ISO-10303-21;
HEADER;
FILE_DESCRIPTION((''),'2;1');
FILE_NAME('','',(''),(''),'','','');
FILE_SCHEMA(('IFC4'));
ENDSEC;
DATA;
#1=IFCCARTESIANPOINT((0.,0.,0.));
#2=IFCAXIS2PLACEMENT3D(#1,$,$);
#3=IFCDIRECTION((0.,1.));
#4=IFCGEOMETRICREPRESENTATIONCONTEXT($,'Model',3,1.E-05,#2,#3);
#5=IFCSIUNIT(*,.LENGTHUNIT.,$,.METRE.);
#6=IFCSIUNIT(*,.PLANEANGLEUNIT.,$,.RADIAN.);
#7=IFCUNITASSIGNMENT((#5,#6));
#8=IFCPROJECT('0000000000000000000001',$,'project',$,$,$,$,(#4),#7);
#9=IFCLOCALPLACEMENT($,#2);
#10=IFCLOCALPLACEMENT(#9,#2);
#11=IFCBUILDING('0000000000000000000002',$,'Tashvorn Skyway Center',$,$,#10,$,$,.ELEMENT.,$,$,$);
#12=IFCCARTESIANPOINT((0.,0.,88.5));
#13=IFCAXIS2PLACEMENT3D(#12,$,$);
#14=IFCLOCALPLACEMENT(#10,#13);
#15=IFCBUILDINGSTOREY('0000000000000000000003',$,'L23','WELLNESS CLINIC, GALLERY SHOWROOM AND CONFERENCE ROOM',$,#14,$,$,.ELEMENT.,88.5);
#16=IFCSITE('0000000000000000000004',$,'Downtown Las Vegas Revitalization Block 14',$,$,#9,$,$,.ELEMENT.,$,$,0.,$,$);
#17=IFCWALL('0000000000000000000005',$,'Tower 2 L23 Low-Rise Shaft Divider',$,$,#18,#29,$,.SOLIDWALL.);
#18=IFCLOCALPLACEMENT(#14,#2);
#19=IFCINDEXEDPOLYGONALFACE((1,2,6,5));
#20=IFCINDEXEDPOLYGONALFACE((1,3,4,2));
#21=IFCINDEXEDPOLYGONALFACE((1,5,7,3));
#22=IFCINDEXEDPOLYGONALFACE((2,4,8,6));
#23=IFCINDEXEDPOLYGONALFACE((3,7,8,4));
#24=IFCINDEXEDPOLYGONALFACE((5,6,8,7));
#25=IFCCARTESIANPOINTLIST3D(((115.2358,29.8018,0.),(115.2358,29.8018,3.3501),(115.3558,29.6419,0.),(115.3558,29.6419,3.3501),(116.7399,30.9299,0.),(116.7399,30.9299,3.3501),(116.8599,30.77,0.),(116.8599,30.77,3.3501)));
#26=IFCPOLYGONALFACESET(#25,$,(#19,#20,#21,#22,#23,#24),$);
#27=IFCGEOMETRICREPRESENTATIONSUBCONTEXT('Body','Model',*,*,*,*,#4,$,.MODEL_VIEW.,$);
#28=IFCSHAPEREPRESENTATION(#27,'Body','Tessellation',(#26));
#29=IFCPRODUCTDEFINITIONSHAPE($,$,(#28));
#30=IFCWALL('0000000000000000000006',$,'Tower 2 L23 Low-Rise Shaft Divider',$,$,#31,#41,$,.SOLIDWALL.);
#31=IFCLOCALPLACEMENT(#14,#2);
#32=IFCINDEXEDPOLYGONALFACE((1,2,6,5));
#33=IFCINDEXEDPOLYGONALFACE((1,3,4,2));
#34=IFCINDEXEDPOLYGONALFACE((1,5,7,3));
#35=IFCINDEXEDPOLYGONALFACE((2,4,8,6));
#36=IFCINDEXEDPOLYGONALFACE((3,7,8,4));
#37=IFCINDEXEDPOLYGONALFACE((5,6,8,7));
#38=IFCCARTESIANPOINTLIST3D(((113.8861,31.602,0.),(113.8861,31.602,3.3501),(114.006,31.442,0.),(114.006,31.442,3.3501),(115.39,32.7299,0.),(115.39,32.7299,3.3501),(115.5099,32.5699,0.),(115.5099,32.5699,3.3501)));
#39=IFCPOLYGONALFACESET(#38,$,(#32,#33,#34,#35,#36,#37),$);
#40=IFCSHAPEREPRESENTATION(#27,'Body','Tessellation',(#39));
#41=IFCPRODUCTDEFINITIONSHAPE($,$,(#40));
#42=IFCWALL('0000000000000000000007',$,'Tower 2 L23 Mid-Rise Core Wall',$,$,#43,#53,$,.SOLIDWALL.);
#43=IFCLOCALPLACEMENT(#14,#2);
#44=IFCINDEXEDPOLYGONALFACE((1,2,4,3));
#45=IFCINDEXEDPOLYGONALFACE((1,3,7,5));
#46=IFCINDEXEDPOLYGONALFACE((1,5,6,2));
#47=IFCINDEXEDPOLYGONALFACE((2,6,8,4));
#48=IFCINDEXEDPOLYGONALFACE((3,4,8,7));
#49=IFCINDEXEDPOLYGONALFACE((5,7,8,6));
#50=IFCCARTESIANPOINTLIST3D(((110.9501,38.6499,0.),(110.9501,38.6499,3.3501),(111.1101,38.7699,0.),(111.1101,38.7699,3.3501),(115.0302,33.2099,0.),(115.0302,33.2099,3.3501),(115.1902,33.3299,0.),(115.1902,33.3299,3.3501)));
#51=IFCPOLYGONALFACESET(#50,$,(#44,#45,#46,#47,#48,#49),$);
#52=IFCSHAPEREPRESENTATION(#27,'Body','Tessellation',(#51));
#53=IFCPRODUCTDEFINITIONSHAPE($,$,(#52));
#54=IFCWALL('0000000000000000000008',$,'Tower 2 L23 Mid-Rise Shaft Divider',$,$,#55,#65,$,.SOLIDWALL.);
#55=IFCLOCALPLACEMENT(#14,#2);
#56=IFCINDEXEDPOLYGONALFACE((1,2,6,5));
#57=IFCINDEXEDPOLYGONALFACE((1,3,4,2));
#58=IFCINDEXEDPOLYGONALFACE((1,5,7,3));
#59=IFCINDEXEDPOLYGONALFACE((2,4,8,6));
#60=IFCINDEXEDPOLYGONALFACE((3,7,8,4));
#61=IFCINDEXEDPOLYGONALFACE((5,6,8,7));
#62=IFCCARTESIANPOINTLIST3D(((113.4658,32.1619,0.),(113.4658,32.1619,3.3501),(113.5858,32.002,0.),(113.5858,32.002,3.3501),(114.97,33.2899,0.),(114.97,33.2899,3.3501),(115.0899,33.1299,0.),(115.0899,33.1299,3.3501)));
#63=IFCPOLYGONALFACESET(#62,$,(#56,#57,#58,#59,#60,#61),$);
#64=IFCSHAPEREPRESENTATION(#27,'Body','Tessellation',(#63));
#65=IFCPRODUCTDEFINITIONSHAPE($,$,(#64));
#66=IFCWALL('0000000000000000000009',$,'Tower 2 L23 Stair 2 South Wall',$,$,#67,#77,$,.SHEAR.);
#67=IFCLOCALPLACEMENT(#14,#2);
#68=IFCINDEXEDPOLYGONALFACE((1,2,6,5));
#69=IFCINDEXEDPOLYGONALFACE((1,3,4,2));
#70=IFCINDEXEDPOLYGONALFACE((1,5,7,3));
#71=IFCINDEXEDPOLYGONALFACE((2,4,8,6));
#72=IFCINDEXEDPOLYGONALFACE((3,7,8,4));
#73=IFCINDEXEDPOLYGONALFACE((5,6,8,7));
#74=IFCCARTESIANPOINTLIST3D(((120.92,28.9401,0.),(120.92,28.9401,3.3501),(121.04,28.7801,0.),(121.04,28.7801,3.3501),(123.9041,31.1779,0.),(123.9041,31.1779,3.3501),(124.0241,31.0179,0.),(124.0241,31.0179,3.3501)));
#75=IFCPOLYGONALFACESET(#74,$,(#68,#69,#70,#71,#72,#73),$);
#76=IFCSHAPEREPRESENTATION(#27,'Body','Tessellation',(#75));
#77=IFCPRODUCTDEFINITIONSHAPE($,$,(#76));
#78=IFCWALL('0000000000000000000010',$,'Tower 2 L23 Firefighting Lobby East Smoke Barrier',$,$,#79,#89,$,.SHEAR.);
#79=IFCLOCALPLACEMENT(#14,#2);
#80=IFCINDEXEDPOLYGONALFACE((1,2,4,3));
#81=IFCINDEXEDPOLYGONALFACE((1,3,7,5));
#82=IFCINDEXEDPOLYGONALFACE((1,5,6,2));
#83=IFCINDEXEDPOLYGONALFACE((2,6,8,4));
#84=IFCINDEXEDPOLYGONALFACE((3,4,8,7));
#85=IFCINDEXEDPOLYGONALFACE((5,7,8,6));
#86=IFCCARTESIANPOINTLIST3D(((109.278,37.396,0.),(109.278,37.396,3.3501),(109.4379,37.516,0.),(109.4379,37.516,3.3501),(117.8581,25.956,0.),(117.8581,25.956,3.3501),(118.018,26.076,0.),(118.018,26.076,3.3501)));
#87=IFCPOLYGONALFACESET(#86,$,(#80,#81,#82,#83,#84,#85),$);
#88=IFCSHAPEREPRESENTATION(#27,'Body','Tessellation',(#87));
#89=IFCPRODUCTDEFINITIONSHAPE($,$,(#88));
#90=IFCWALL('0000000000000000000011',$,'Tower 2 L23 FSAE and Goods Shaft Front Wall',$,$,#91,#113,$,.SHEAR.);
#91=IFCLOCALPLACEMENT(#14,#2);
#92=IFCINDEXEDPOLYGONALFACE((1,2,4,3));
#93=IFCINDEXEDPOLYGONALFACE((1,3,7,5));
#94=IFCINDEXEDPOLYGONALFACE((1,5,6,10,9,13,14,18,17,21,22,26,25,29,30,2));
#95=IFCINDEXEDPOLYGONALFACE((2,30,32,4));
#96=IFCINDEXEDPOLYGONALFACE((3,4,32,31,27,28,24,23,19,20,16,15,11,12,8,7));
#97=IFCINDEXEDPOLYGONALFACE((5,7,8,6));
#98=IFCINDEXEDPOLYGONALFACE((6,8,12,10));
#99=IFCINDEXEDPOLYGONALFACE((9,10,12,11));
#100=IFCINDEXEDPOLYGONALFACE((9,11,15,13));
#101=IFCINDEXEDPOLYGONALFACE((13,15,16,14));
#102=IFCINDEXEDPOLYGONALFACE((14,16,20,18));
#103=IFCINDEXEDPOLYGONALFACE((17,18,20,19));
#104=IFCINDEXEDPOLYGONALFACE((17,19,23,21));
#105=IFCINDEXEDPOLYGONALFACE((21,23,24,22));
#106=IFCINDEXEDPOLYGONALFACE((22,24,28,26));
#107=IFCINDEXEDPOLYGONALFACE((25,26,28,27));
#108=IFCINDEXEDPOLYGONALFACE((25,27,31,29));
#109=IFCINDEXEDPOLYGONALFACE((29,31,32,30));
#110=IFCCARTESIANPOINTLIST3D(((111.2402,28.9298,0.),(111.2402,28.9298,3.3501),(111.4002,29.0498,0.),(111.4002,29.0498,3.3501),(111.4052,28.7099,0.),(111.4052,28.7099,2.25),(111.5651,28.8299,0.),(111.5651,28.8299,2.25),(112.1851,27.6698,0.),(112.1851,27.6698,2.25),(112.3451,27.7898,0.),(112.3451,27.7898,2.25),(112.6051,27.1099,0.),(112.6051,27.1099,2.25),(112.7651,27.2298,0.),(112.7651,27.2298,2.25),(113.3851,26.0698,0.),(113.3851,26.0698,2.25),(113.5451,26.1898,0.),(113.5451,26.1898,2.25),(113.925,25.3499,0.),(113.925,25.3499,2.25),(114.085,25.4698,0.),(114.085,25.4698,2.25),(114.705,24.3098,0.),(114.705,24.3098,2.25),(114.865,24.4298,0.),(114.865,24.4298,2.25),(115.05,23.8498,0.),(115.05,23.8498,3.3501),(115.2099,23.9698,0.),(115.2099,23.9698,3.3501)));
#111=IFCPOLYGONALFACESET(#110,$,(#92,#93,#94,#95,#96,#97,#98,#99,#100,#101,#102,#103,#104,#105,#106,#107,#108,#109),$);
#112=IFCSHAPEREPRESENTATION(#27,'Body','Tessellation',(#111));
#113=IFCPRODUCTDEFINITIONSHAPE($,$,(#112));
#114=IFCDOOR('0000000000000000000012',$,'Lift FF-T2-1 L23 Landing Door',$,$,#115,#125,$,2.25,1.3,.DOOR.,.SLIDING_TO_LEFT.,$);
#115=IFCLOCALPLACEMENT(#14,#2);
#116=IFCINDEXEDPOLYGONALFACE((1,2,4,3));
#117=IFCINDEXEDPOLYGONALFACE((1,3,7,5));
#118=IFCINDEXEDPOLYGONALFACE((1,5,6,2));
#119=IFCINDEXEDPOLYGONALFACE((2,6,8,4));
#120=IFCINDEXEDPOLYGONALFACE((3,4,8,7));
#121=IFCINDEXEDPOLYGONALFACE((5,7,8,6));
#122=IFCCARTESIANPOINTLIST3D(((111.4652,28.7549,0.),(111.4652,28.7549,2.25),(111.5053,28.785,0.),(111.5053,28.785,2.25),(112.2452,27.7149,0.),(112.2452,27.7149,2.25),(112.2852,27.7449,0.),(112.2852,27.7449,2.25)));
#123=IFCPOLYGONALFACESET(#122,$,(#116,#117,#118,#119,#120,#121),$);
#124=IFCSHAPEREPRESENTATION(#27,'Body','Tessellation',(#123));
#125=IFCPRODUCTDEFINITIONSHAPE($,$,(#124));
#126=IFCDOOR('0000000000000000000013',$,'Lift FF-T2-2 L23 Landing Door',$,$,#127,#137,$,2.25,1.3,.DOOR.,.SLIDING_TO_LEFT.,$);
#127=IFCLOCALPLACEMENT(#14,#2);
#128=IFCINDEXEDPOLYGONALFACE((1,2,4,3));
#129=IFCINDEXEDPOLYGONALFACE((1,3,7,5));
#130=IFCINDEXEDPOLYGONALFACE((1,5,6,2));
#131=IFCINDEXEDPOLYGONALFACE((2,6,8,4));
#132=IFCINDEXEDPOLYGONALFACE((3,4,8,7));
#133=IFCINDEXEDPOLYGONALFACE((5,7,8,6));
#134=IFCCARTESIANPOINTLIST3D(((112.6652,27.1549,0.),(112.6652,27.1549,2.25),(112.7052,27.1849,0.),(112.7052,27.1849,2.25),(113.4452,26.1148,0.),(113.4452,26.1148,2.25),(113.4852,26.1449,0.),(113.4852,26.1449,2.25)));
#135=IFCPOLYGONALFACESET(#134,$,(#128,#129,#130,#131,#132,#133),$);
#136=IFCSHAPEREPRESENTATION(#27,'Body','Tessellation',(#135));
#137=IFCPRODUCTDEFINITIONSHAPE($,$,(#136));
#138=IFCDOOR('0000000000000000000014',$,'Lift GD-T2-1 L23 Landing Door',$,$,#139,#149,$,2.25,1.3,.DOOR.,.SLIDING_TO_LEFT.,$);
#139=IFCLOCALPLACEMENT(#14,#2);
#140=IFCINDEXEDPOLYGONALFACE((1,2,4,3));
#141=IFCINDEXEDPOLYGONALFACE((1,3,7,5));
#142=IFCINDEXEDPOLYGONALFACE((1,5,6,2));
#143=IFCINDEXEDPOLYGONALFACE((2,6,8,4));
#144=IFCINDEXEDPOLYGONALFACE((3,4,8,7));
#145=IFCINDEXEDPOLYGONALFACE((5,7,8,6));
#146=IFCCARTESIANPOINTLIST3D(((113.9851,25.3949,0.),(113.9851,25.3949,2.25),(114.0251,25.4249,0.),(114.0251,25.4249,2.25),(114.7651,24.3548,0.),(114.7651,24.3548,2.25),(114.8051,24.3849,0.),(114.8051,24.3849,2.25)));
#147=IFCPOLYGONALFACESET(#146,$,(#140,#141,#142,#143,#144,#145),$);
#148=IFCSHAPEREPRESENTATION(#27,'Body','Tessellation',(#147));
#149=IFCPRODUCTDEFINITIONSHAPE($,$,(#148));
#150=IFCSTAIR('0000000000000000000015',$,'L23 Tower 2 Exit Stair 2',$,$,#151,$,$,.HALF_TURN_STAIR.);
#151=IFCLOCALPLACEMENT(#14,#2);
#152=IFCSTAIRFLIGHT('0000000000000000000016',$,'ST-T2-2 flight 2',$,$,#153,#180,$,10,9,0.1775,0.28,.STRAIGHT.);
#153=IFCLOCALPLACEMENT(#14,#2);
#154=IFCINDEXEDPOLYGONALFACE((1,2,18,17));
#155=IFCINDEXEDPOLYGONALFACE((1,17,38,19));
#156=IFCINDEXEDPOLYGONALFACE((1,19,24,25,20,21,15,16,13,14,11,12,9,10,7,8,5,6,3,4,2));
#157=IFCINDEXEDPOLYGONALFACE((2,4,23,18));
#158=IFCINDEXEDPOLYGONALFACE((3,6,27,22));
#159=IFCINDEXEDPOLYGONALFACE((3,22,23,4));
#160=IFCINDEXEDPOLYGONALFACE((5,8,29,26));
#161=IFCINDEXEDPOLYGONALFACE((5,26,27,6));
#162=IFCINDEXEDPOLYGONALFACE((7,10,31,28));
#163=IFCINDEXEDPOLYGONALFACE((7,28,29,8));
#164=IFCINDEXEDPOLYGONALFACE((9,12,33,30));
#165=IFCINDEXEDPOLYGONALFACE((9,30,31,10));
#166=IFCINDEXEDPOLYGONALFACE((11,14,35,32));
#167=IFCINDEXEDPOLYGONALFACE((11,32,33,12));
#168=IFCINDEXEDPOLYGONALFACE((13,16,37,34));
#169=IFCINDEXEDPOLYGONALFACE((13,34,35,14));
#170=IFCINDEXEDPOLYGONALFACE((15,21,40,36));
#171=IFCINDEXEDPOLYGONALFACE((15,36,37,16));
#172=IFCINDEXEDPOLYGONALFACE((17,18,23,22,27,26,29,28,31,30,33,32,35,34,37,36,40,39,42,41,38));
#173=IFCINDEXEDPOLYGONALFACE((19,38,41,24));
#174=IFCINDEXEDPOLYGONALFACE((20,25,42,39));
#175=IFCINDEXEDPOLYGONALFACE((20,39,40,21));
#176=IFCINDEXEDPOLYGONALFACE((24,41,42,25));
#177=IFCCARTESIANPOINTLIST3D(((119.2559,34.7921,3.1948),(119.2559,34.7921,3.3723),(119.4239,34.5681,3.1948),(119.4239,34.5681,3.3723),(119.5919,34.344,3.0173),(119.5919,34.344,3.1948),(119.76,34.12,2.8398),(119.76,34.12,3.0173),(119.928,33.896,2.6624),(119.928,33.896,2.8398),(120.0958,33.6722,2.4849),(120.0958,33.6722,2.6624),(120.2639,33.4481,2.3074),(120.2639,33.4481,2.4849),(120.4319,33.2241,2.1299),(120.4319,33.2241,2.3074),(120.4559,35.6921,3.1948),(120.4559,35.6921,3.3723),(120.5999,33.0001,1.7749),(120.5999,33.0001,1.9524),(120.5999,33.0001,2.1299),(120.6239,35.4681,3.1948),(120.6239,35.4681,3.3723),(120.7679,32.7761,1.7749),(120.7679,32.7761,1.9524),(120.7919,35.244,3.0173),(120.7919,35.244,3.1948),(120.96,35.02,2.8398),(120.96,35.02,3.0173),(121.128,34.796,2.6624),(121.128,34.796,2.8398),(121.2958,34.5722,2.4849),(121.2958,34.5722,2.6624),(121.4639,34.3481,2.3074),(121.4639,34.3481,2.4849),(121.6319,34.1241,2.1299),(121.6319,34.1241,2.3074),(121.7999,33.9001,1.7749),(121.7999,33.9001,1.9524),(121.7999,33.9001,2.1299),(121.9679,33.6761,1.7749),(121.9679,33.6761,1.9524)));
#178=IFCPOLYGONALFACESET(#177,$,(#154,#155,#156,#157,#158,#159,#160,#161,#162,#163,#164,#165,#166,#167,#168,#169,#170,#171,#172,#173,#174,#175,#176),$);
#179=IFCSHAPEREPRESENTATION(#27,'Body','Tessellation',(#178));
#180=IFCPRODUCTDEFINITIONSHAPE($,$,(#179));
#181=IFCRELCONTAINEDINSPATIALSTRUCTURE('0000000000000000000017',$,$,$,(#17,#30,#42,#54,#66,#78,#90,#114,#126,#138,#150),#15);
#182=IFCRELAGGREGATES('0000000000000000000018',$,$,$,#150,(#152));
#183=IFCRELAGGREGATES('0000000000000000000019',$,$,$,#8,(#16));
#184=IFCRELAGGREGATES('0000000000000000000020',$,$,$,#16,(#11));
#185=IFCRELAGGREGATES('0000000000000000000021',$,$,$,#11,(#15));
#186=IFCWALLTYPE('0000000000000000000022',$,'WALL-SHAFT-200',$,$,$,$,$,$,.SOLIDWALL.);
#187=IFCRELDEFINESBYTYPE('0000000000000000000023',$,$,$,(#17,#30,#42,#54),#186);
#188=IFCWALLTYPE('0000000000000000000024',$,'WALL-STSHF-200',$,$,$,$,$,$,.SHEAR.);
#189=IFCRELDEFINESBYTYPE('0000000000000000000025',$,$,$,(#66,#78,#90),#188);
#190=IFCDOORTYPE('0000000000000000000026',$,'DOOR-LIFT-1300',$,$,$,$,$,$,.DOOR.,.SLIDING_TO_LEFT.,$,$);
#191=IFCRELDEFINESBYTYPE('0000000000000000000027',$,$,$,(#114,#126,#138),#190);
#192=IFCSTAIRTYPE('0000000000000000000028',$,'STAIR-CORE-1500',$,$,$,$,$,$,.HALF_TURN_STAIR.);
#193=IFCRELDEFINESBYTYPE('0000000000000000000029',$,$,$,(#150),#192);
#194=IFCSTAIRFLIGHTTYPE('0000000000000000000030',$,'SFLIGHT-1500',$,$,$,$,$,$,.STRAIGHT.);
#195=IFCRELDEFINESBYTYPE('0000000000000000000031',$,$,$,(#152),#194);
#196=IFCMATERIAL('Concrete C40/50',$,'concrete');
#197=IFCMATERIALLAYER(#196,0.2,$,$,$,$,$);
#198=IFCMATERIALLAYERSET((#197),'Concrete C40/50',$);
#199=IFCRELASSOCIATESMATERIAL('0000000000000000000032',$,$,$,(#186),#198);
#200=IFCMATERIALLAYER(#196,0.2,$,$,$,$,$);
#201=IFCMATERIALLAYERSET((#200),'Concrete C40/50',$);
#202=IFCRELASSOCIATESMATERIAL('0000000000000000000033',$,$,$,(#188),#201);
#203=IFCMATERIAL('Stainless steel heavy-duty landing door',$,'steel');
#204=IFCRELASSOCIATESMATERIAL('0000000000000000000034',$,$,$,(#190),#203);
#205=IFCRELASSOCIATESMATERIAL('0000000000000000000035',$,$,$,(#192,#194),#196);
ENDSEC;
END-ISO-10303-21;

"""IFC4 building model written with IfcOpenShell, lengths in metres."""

from ifc_helpers import new_model, si_unit, direction, frame, frame_2d, origin, place, context, subcontext, project, spatial, polyline, rectangle, outline, extrude, material, layer, layer_set, type_object, element, fill, aggregate, save


model = new_model("IFC4")

# Units and contexts
model_context = context("Model", 3, precision=1e-05, world=origin(), true_north=direction((0.0, 1.0)))
body_context = subcontext(model_context, "Body", "Model", "MODEL_VIEW")
ifc_project = project(units=[si_unit("LENGTHUNIT", "METRE"), si_unit("PLANEANGLEUNIT", "RADIAN")], contexts=[model_context])

# Site, building, storey
site_placement = place(None, origin())
site = spatial("IfcSite", under=ifc_project, at=site_placement, Name="Downtown Las Vegas Revitalization Block 14", CompositionType="ELEMENT", RefElevation=0.0)
building_placement = place(site_placement, origin())
building = spatial("IfcBuilding", under=site, at=building_placement, Name="Tashvorn Skyway Center", CompositionType="ELEMENT")
storey_placement = place(building_placement, frame((0.0, 0.0, 88.5)))
storey = spatial("IfcBuildingStorey", under=building, at=storey_placement, Name="L23", Description="WELLNESS CLINIC, GALLERY SHOWROOM AND CONFERENCE ROOM", CompositionType="ELEMENT", Elevation=88.5)

# Shared definitions
ifc_material_1 = material(Name="Concrete C40/50", Category="concrete")

# Shared definitions
ifc_layer_1 = layer(ifc_material_1, 0.2)
ifc_layer_set_1 = layer_set([ifc_layer_1], Name="Concrete C40/50")
wall_type_1 = type_object("IfcWallType", Name="WALL-SHAFT-200", PredefinedType="SOLIDWALL", material=ifc_layer_set_1)

# Walls
wall_1_placement = place(storey_placement, frame((115.2959, 29.7219, 0.0), z_axis=(0.0, 0.0, 1.0), x_axis=(0.799984, 0.600021, 0.0)))
element("IfcWall", 1, at=wall_1_placement, inside=storey, type_object=wall_type_1, Name="Tower 2 L23 Low-Rise Shaft Divider", PredefinedType="SOLIDWALL", context=body_context, shape_type="SweptSolid", body=[
    extrude(rectangle(XDim=1.8801, YDim=0.2, at=frame_2d((0.9399, 0.0))), origin(), (0.0, 0.0, 1.0), 3.3501),
])
wall_2_placement = place(storey_placement, frame((113.946, 31.522, 0.0), z_axis=(0.0, 0.0, 1.0), x_axis=(0.8, 0.6, 0.0)))
element("IfcWall", 2, at=wall_2_placement, inside=storey, type_object=wall_type_1, Name="Tower 2 L23 Low-Rise Shaft Divider", PredefinedType="SOLIDWALL", context=body_context, shape_type="SweptSolid", body=[
    extrude(rectangle(XDim=1.8799, YDim=0.2, at=frame_2d((0.9399, 0.0))), origin(), (0.0, 0.0, 1.0), 3.3501),
])
wall_3_placement = place(storey_placement, frame((115.1101, 33.27, 0.0), z_axis=(0.0, 0.0, 1.0), x_axis=(-0.600011, 0.799991, 0.0)))
element("IfcWall", 3, at=wall_3_placement, inside=storey, type_object=wall_type_1, Name="Tower 2 L23 Mid-Rise Core Wall", PredefinedType="SOLIDWALL", context=body_context, shape_type="SweptSolid", body=[
    extrude(rectangle(XDim=6.8, YDim=0.2, at=frame_2d((3.3999, 0.0))), origin(), (0.0, 0.0, 1.0), 3.3501),
])
wall_4_placement = place(storey_placement, frame((113.5259, 32.082, 0.0), z_axis=(0.0, 0.0, 1.0), x_axis=(0.800047, 0.599938, 0.0)))
element("IfcWall", 4, at=wall_4_placement, inside=storey, type_object=wall_type_1, Name="Tower 2 L23 Mid-Rise Shaft Divider", PredefinedType="SOLIDWALL", context=body_context, shape_type="SweptSolid", body=[
    extrude(rectangle(XDim=1.8801, YDim=0.2, at=frame_2d((0.9399, 0.0))), origin(), (0.0, 0.0, 1.0), 3.3501),
])
ifc_layer_2 = layer(ifc_material_1, 0.2)
ifc_layer_set_2 = layer_set([ifc_layer_2], Name="Concrete C40/50")
wall_type_2 = type_object("IfcWallType", Name="WALL-STSHF-200", PredefinedType="SHEAR", material=ifc_layer_set_2)
wall_5_placement = place(storey_placement, frame((120.98, 28.8601, 0.0), z_axis=(0.0, 0.0, 1.0), x_axis=(0.800039, 0.599948, 0.0)))
element("IfcWall", 5, at=wall_5_placement, inside=storey, type_object=wall_type_2, Name="Tower 2 L23 Stair 2 South Wall", PredefinedType="SHEAR", context=body_context, shape_type="SweptSolid", body=[
    extrude(rectangle(XDim=3.73, YDim=0.2, at=frame_2d((1.865, 0.0))), origin(), (0.0, 0.0, 1.0), 3.3501),
])
wall_6_placement = place(storey_placement, frame((117.938, 26.0161, 0.0), z_axis=(0.0, 0.0, 1.0), x_axis=(-0.600005, 0.799996, 0.0)))
element("IfcWall", 6, at=wall_6_placement, inside=storey, type_object=wall_type_2, Name="Tower 2 L23 Firefighting Lobby East Smoke Barrier", PredefinedType="SHEAR", context=body_context, shape_type="SweptSolid", body=[
    extrude(rectangle(XDim=14.3, YDim=0.2, at=frame_2d((7.1499, 0.0))), origin(), (0.0, 0.0, 1.0), 3.3501),
])

# Wall, openings, doors
wall_7_placement = place(storey_placement, frame((115.1299, 23.9099, 0.0), z_axis=(0.0, 0.0, 1.0), x_axis=(-0.599975, 0.800018, 0.0)))
wall_7 = element("IfcWall", 7, at=wall_7_placement, inside=storey, type_object=wall_type_2, Name="Tower 2 L23 FSAE and Goods Shaft Front Wall", PredefinedType="SHEAR", context=body_context, shape_type="SweptSolid", body=[
    extrude(rectangle(XDim=6.3499, YDim=0.2, at=frame_2d((3.1748, 0.0))), origin(), (0.0, 0.0, 1.0), 3.3501),
])
opening_1_placement = place(wall_7_placement, frame((4.7749, 0.0, 0.0)))
opening_1 = element("IfcOpeningElement", 8, at=opening_1_placement, cuts=wall_7, PredefinedType="OPENING", context=body_context, shape_type="SweptSolid", body=[
    extrude(rectangle(XDim=1.3, YDim=2.25, at=frame_2d((0.6499, 1.125))), frame((0.0, 0.1099, 0.0), z_axis=(0.0, -1.0, 0.0), x_axis=(1.0, 0.0, 0.0)), (0.0, 0.0, 1.0), 0.22),
])
opening_2_placement = place(wall_7_placement, frame((2.7749, 0.0, 0.0)))
opening_2 = element("IfcOpeningElement", 9, at=opening_2_placement, cuts=wall_7, PredefinedType="OPENING", context=body_context, shape_type="SweptSolid", body=[
    extrude(rectangle(XDim=1.3, YDim=2.25, at=frame_2d((0.6499, 1.125))), frame((0.0, 0.1099, 0.0), z_axis=(0.0, -1.0, 0.0), x_axis=(1.0, 0.0, 0.0)), (0.0, 0.0, 1.0), 0.22),
])
opening_3_placement = place(wall_7_placement, frame((0.575, 0.0, 0.0)))
opening_3 = element("IfcOpeningElement", 10, at=opening_3_placement, cuts=wall_7, PredefinedType="OPENING", context=body_context, shape_type="SweptSolid", body=[
    extrude(rectangle(XDim=1.3, YDim=2.25, at=frame_2d((0.6499, 1.125))), frame((0.0, 0.1099, 0.0), z_axis=(0.0, -1.0, 0.0), x_axis=(1.0, 0.0, 0.0)), (0.0, 0.0, 1.0), 0.22),
])
ifc_material_2 = material(Name="Stainless steel heavy-duty landing door", Category="steel")
door_type_1 = type_object("IfcDoorType", Name="DOOR-LIFT-1300", OperationType="SLIDING_TO_LEFT", PredefinedType="DOOR", material=ifc_material_2)
door_1_placement = place(opening_1_placement, origin())
door_1 = element("IfcDoor", 11, at=door_1_placement, inside=storey, type_object=door_type_1, Name="Lift FF-T2-1 L23 Landing Door", OperationType="SLIDING_TO_LEFT", OverallHeight=2.25, OverallWidth=1.3, PredefinedType="DOOR", context=body_context, shape_type="SweptSolid", body=[
    extrude(rectangle(XDim=1.3, YDim=2.25, at=frame_2d((0.6499, 1.125))), frame((0.0, 0.0249, 0.0), z_axis=(0.0, -1.0, 0.0), x_axis=(1.0, 0.0, 0.0)), (0.0, 0.0, 1.0), 0.05),
])
fill(opening_1, door_1)
door_2_placement = place(opening_2_placement, origin())
door_2 = element("IfcDoor", 12, at=door_2_placement, inside=storey, type_object=door_type_1, Name="Lift FF-T2-2 L23 Landing Door", OperationType="SLIDING_TO_LEFT", OverallHeight=2.25, OverallWidth=1.3, PredefinedType="DOOR", context=body_context, shape_type="SweptSolid", body=[
    extrude(rectangle(XDim=1.3, YDim=2.25, at=frame_2d((0.6499, 1.125))), frame((0.0, 0.0249, 0.0), z_axis=(0.0, -1.0, 0.0), x_axis=(1.0, 0.0, 0.0)), (0.0, 0.0, 1.0), 0.05),
])
fill(opening_2, door_2)
door_3_placement = place(opening_3_placement, origin())
door_3 = element("IfcDoor", 13, at=door_3_placement, inside=storey, type_object=door_type_1, Name="Lift GD-T2-1 L23 Landing Door", OperationType="SLIDING_TO_LEFT", OverallHeight=2.25, OverallWidth=1.3, PredefinedType="DOOR", context=body_context, shape_type="SweptSolid", body=[
    extrude(rectangle(XDim=1.3, YDim=2.25, at=frame_2d((0.6499, 1.125))), frame((0.0, 0.0249, 0.0), z_axis=(0.0, -1.0, 0.0), x_axis=(1.0, 0.0, 0.0)), (0.0, 0.0, 1.0), 0.05),
])
fill(opening_3, door_3)

# Stair, stair flight
stair_type = type_object("IfcStairType", Name="STAIR-CORE-1500", PredefinedType="HALF_TURN_STAIR", material=ifc_material_1)
stair_placement = place(storey_placement, origin())
stair = element("IfcStair", 14, at=stair_placement, inside=storey, type_object=stair_type, Name="L23 Tower 2 Exit Stair 2", PredefinedType="HALF_TURN_STAIR")
stair_flight_type = type_object("IfcStairFlightType", Name="SFLIGHT-1500", PredefinedType="STRAIGHT", material=ifc_material_1)
stair_flight_placement = place(storey_placement, frame((121.3679, 33.2261, 1.7749), z_axis=(0.0, 0.0, 1.0), x_axis=(-0.6, 0.8, 0.0)))
stair_flight = element("IfcStairFlight", 15, at=stair_flight_placement, type_object=stair_flight_type, Name="ST-T2-2 flight 2", NumberOfRisers=10, NumberOfTreads=9, PredefinedType="STRAIGHT", RiserHeight=0.1775, TreadLength=0.28, context=body_context, shape_type="SweptSolid", body=[
    extrude(outline(polyline([(0.0, 0.0), (0.0, 0.1775), (0.28, 0.1775), (0.28, 0.355), (0.5601, 0.355), (0.5601, 0.5325), (0.8401, 0.5325), (0.8401, 0.71), (1.1201, 0.71), (1.1201, 0.8875), (1.3999, 0.8875), (1.3999, 1.0649), (1.6799, 1.0649), (1.6799, 1.2424), (1.96, 1.2424), (1.96, 1.4199), (2.24, 1.4199), (2.24, 1.5974), (2.52, 1.5974), (2.52, 1.7749), (2.52, 1.4199), (0.28, 0.0), (0.0, 0.0)])), frame((0.0, 0.75, 0.0), z_axis=(0.0, -1.0, 0.0), x_axis=(1.0, 0.0, 0.0)), (0.0, 0.0, 1.0), 1.5),
])
aggregate(stair, [stair_flight])

save(model, "model.ifc")
